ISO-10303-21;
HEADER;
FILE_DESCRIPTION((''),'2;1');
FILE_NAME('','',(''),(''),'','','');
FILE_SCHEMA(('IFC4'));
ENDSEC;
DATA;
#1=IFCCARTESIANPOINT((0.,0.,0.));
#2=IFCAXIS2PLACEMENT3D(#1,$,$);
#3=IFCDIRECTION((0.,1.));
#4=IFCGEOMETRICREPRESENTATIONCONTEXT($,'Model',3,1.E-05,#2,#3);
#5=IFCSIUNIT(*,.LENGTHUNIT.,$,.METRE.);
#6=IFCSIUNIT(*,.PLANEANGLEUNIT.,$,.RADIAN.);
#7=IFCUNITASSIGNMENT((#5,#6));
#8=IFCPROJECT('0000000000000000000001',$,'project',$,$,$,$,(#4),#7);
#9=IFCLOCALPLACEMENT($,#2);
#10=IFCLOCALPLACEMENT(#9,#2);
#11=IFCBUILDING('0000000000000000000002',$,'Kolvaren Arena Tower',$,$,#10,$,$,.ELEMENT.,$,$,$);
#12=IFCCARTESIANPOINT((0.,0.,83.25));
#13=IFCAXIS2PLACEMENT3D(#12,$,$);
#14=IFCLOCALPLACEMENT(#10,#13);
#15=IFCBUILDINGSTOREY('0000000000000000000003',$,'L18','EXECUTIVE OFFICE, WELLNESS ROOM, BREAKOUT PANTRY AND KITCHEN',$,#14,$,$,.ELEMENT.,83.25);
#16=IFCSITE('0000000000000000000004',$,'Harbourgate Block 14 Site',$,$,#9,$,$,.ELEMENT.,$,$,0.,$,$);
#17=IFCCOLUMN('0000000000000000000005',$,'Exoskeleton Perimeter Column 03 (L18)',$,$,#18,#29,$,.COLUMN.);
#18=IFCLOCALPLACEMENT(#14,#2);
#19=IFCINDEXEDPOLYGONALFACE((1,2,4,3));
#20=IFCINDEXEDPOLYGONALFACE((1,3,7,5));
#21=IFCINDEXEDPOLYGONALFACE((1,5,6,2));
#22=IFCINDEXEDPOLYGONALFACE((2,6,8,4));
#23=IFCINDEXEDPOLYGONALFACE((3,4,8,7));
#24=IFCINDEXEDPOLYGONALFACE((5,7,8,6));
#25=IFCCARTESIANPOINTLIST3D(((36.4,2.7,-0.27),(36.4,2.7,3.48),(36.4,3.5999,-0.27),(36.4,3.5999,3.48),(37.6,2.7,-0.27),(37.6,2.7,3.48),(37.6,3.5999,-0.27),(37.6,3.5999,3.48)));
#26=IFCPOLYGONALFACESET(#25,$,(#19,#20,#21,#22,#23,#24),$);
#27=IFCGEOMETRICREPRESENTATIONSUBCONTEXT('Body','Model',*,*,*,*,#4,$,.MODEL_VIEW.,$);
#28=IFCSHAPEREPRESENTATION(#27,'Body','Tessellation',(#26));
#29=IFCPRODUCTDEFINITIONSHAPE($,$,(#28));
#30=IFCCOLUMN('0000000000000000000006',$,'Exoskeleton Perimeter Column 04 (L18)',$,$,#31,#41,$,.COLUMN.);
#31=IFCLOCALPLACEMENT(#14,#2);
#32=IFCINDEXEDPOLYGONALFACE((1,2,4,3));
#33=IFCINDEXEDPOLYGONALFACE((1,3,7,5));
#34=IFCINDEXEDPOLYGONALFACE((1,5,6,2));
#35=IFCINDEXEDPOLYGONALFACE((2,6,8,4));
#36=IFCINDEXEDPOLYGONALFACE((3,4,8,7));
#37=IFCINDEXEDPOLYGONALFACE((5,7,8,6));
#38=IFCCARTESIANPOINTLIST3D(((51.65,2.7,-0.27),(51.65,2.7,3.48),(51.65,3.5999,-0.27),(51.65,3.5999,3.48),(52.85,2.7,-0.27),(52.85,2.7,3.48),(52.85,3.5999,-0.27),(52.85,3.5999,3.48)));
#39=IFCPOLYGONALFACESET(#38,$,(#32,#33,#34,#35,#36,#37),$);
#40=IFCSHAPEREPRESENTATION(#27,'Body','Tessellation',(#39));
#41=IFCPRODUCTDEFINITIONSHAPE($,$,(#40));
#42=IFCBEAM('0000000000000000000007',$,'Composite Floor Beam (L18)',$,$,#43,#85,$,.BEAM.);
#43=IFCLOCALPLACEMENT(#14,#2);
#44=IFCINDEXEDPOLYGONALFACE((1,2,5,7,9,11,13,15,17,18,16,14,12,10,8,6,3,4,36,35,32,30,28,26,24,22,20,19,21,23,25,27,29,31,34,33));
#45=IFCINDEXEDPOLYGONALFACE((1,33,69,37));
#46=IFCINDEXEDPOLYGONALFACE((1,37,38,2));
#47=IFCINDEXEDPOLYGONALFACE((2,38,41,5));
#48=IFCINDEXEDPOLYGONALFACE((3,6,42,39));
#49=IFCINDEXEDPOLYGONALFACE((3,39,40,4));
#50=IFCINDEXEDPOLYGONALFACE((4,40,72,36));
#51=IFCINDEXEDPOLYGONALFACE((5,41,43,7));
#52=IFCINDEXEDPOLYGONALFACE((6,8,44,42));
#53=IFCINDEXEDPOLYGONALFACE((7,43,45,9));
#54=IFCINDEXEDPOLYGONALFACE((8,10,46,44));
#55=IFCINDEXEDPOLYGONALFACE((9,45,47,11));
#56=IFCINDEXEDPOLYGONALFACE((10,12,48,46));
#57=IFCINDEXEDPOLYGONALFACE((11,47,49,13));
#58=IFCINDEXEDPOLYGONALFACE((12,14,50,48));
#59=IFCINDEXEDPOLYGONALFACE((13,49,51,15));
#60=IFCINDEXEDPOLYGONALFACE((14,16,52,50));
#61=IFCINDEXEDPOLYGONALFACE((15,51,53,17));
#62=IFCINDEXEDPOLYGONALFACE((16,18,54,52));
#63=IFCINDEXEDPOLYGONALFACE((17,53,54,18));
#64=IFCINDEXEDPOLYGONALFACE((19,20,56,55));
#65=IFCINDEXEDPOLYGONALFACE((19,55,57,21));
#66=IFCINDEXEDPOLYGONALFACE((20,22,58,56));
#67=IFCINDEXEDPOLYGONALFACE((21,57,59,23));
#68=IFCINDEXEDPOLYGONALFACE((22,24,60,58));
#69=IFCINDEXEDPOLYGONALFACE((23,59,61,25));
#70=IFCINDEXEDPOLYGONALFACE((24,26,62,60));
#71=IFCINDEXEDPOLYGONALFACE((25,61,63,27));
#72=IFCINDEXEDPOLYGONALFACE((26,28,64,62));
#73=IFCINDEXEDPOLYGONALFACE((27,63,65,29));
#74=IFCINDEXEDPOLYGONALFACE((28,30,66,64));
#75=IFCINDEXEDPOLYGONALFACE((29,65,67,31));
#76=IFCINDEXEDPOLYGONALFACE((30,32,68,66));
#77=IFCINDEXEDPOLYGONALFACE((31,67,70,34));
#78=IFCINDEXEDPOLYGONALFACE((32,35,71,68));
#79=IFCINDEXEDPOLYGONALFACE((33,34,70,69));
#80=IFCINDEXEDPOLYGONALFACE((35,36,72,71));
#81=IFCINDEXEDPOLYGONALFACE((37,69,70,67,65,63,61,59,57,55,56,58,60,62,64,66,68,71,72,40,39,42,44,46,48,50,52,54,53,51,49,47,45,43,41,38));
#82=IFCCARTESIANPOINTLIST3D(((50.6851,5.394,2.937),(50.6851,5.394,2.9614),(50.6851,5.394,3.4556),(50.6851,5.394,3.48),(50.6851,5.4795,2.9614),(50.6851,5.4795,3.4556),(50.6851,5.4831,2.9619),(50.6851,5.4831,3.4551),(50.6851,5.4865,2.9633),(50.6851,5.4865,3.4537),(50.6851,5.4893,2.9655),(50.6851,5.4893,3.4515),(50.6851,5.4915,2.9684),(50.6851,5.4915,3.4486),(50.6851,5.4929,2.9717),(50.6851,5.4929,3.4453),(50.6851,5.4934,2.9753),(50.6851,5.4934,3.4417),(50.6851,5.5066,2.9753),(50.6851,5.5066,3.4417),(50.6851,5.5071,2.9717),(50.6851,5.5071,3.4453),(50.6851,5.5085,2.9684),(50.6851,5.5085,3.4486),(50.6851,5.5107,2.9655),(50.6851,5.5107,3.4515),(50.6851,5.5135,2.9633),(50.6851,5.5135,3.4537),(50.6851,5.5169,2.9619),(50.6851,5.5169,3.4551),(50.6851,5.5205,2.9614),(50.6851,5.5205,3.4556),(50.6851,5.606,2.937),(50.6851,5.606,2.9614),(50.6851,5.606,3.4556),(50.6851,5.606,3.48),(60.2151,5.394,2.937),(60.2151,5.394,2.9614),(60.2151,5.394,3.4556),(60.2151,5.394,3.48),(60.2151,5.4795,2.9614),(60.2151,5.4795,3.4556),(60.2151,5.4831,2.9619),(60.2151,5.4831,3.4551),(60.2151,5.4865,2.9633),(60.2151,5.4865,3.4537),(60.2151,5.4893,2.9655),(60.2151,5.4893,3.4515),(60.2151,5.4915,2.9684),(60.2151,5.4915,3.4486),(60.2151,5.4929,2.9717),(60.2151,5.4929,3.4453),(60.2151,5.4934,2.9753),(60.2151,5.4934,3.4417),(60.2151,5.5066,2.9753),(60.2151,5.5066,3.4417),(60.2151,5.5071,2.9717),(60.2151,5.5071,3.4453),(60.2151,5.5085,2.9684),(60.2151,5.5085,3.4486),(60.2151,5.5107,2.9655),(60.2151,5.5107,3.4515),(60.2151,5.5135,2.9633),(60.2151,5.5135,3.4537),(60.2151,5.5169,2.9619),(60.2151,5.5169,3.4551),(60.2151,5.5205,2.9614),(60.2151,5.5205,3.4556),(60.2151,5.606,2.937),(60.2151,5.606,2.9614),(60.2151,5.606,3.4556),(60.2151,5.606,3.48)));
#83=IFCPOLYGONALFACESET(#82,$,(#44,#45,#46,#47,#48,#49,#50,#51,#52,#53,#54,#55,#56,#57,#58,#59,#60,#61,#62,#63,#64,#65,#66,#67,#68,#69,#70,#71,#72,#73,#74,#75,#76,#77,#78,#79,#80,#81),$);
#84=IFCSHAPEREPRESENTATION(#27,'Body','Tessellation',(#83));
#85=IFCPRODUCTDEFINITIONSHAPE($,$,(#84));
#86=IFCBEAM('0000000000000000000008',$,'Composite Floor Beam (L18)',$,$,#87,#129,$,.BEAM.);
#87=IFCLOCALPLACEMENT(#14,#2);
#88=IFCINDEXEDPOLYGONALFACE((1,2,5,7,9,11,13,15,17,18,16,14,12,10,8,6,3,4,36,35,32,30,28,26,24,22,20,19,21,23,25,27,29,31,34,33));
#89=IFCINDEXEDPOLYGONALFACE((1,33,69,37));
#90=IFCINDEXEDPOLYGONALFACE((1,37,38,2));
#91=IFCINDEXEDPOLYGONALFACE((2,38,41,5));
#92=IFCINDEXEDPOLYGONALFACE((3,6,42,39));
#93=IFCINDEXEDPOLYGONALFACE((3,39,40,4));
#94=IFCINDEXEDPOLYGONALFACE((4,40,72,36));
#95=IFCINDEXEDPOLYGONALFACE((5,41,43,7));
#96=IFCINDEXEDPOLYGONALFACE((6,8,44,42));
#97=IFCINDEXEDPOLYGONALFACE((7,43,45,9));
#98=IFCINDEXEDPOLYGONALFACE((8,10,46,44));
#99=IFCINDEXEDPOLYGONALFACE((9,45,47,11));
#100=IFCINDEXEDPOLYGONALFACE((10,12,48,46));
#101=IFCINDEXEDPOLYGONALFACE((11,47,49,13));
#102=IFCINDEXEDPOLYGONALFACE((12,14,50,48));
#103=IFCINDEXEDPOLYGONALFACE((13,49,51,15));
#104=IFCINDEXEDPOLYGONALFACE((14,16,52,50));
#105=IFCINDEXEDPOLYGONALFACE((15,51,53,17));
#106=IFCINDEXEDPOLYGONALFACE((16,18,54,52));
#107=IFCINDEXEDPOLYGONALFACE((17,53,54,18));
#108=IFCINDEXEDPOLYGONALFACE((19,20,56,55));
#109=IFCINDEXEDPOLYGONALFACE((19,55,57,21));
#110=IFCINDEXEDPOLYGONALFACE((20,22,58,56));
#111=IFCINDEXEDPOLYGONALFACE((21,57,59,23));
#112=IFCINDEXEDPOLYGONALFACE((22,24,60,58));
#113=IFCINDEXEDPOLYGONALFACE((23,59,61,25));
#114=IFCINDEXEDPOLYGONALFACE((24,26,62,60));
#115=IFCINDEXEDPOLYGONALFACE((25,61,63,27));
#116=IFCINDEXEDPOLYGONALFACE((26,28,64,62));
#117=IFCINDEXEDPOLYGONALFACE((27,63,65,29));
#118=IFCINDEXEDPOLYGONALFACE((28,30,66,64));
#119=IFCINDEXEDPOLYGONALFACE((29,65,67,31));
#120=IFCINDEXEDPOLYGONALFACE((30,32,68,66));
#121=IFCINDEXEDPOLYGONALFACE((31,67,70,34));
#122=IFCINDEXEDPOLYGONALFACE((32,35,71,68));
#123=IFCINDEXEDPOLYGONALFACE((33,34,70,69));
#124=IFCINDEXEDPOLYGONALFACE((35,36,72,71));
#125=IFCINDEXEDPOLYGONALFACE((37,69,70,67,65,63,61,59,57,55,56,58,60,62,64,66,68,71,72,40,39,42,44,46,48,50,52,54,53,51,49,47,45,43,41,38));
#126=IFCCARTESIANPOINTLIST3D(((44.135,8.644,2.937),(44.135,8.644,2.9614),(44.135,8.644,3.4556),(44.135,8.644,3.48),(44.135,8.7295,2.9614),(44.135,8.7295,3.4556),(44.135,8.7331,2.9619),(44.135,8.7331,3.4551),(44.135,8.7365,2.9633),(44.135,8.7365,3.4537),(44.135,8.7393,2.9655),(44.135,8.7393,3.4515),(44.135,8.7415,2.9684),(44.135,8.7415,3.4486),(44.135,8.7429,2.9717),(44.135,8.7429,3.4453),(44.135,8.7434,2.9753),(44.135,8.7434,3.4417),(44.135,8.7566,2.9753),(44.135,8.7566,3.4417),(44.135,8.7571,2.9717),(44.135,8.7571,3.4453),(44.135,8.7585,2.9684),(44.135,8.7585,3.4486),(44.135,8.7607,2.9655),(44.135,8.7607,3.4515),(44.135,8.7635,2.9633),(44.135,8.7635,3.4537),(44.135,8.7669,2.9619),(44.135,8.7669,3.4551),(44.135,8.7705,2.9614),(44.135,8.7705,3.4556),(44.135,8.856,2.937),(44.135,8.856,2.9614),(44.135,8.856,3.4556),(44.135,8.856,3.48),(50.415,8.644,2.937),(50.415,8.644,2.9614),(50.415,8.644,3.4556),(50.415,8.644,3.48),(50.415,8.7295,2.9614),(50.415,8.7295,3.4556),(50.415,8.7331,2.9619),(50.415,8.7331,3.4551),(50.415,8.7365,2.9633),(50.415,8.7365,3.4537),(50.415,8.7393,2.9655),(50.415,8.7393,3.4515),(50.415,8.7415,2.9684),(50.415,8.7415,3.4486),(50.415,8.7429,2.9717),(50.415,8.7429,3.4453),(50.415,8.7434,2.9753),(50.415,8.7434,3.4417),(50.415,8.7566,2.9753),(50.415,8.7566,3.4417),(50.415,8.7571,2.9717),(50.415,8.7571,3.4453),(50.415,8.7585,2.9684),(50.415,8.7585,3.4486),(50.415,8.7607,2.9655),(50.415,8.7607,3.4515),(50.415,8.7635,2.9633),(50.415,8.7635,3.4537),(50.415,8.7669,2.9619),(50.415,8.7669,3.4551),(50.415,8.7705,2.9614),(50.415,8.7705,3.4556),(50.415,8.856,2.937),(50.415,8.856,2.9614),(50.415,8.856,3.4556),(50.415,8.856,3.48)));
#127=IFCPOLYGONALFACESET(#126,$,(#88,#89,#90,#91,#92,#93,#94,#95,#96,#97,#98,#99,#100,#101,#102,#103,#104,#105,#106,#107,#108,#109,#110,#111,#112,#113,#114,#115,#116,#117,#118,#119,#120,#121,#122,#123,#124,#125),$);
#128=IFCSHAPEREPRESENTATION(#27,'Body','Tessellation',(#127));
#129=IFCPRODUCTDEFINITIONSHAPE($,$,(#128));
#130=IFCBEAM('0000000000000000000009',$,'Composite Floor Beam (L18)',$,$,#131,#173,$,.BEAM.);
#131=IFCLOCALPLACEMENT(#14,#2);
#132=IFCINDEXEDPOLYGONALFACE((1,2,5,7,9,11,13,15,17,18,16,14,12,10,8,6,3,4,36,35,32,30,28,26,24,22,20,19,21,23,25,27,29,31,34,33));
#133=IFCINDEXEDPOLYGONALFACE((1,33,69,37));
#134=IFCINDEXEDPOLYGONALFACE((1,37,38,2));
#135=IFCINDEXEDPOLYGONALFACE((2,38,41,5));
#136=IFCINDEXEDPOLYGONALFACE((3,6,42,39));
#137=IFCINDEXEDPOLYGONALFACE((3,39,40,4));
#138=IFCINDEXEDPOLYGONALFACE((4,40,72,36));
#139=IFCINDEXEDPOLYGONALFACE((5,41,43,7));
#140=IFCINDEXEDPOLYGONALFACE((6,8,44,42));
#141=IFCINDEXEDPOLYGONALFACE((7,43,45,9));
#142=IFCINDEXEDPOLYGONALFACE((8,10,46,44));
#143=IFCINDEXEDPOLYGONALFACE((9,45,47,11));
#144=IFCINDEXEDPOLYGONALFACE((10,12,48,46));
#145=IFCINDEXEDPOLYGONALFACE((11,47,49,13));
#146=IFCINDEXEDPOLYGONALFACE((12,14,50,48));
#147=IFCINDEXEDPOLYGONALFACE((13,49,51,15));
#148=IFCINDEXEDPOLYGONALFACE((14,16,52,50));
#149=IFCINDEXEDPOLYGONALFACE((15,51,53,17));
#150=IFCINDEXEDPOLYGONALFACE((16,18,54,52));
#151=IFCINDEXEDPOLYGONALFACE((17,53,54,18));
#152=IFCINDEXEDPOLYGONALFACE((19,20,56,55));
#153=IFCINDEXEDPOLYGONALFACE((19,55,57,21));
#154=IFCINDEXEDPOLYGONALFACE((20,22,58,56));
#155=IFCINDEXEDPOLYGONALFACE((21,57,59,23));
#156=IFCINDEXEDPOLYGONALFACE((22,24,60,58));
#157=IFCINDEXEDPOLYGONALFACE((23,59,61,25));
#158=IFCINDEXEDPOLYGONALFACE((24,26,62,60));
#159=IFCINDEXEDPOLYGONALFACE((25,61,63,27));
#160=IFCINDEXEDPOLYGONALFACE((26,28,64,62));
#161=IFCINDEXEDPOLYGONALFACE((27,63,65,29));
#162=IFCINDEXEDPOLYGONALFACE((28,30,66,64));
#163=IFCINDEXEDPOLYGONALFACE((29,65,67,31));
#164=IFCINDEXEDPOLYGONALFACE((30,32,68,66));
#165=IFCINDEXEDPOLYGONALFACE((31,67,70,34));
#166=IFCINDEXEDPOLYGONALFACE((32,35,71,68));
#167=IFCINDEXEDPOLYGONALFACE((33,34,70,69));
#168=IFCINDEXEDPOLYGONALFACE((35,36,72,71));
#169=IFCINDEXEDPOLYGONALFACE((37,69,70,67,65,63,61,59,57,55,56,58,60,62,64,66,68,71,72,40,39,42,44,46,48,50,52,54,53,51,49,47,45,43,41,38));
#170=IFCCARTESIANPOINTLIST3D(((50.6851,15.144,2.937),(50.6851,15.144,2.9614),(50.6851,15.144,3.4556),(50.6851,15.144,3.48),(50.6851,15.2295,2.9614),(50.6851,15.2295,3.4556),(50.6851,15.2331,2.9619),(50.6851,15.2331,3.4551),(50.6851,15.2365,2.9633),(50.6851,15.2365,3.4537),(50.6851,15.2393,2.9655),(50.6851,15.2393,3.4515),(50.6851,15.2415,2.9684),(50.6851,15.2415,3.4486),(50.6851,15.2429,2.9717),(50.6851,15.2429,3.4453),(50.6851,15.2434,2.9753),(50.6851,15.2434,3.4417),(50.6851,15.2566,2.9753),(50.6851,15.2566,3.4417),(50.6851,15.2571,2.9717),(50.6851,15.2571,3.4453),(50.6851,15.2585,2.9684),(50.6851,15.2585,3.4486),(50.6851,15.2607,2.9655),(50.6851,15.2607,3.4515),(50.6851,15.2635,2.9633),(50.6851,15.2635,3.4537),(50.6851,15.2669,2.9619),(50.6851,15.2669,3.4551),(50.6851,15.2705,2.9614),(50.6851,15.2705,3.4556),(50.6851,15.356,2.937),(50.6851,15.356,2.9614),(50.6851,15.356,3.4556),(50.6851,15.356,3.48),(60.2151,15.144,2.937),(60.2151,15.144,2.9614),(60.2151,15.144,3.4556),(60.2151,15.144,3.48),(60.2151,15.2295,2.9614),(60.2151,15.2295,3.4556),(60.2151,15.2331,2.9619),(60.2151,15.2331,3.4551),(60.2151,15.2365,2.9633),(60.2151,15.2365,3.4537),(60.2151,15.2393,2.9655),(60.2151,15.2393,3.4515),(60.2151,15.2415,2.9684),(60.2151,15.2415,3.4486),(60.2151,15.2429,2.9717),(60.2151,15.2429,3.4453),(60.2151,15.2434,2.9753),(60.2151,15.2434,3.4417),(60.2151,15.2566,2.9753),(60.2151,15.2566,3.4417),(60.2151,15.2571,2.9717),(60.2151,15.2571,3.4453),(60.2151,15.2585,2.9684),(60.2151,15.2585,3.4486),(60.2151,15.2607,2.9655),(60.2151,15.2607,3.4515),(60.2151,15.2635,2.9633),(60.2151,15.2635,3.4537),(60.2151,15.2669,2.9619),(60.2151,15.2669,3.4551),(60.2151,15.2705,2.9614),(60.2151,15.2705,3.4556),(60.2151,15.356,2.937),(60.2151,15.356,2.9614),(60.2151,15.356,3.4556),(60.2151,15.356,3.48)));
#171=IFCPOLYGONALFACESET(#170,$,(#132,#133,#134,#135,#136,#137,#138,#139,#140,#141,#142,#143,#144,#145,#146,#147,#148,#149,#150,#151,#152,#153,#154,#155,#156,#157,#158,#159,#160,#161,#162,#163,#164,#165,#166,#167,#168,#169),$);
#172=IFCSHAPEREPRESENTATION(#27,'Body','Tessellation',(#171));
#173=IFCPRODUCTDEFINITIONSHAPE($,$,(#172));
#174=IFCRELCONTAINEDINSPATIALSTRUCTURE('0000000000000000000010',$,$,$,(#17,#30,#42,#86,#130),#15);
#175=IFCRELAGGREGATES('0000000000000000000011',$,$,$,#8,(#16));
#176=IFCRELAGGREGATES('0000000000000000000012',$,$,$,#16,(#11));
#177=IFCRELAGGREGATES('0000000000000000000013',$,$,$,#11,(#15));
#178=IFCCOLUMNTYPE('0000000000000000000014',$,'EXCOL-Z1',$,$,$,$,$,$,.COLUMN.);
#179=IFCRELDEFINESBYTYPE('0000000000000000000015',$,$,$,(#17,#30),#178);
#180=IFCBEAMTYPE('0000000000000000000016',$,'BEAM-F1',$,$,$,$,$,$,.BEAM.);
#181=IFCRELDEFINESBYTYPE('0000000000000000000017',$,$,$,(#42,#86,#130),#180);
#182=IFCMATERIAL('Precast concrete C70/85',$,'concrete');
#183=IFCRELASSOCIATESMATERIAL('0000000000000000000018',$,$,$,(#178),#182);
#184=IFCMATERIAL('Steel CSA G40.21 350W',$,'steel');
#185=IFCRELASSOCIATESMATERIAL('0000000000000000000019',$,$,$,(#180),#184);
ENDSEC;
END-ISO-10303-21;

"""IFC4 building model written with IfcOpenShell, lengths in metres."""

from ifc_helpers import new_model, si_unit, direction, frame, origin, origin_2d, place, context, subcontext, project, spatial, rectangle, i_section, extrude, material, material_profile, profile_set, type_object, element, save


model = new_model("IFC4")

# Units and contexts
model_context = context("Model", 3, precision=1e-05, world=origin(), true_north=direction((0.0, 1.0)))
body_context = subcontext(model_context, "Body", "Model", "MODEL_VIEW")
ifc_project = project(units=[si_unit("LENGTHUNIT", "METRE"), si_unit("PLANEANGLEUNIT", "RADIAN")], contexts=[model_context])

# Site, building, storey
site_placement = place(None, origin())
site = spatial("IfcSite", under=ifc_project, at=site_placement, Name="Harbourgate Block 14 Site", CompositionType="ELEMENT", RefElevation=0.0)
building_placement = place(site_placement, origin())
building = spatial("IfcBuilding", under=site, at=building_placement, Name="Kolvaren Arena Tower", CompositionType="ELEMENT")
storey_placement = place(building_placement, frame((0.0, 0.0, 83.25)))
storey = spatial("IfcBuildingStorey", under=building, at=storey_placement, Name="L18", Description="EXECUTIVE OFFICE, WELLNESS ROOM, BREAKOUT PANTRY AND KITCHEN", CompositionType="ELEMENT", Elevation=83.25)

# Columns
ifc_material_1 = material(Name="Precast concrete C70/85", Category="concrete")
ifc_material_profile_1 = material_profile(ifc_material_1, rectangle(XDim=1.2, YDim=0.8999, at=origin_2d()), Name="RC-1200x900")
ifc_profile_set_1 = profile_set([ifc_material_profile_1], Name="Precast concrete C70/85")
column_type = type_object("IfcColumnType", Name="EXCOL-Z1", PredefinedType="COLUMN", material=ifc_profile_set_1)
for number, where, z_axis, x_axis, name in (
    (1, (37.0, 3.1499, -0.27), (0.0, 0.0, 1.0), (1.0, 0.0, 0.0), "Exoskeleton Perimeter Column 03 (L18)"),
    (2, (52.25, 3.1499, -0.27), (0.0, 0.0, 1.0), (1.0, 0.0, 0.0), "Exoskeleton Perimeter Column 04 (L18)"),
):
    element("IfcColumn", number, at=place(storey_placement, frame(where, z_axis=z_axis, x_axis=x_axis)), inside=storey, type_object=column_type, Name=name, PredefinedType="COLUMN", context=body_context, shape_type="SweptSolid", body=[
        extrude(rectangle(XDim=1.2, YDim=0.8999, at=origin_2d()), origin(), (0.0, 0.0, 1.0), 3.75),
    ])

# Beams
ifc_material_2 = material(Name="Steel CSA G40.21 350W", Category="steel")
ifc_material_profile_2 = material_profile(ifc_material_2, i_section(OverallWidth=0.2119, OverallDepth=0.543, WebThickness=0.0132, FlangeThickness=0.0244, FilletRadius=0.0139, at=origin_2d()), Name="W530x150")
ifc_profile_set_2 = profile_set([ifc_material_profile_2], Name="Steel CSA G40.21 350W")
beam_type_1 = type_object("IfcBeamType", Name="BEAM-F1", PredefinedType="BEAM", material=ifc_profile_set_2)
beam_1_placement = place(storey_placement, frame((50.6851, 5.5, 3.2085), z_axis=(1.0, 0.0, 0.0), x_axis=(0.0, 1.0, 0.0)))
element("IfcBeam", 3, at=beam_1_placement, inside=storey, type_object=beam_type_1, Name="Composite Floor Beam (L18)", PredefinedType="BEAM", context=body_context, shape_type="SweptSolid", body=[
    extrude(i_section(OverallWidth=0.2119, OverallDepth=0.543, WebThickness=0.0132, FlangeThickness=0.0244, FilletRadius=0.0139, at=origin_2d()), origin(), (0.0, 0.0, 1.0), 9.53),
])
beam_2_placement = place(storey_placement, frame((44.135, 8.75, 3.2085), z_axis=(1.0, 0.0, 0.0), x_axis=(0.0, 1.0, 0.0)))
element("IfcBeam", 4, at=beam_2_placement, inside=storey, type_object=beam_type_1, Name="Composite Floor Beam (L18)", PredefinedType="BEAM", context=body_context, shape_type="SweptSolid", body=[
    extrude(i_section(OverallWidth=0.2119, OverallDepth=0.543, WebThickness=0.0132, FlangeThickness=0.0244, FilletRadius=0.0139, at=origin_2d()), origin(), (0.0, 0.0, 1.0), 6.28),
])
beam_3_placement = place(storey_placement, frame((50.6851, 15.25, 3.2085), z_axis=(1.0, 0.0, 0.0), x_axis=(0.0, 1.0, 0.0)))
element("IfcBeam", 5, at=beam_3_placement, inside=storey, type_object=beam_type_1, Name="Composite Floor Beam (L18)", PredefinedType="BEAM", context=body_context, shape_type="SweptSolid", body=[
    extrude(i_section(OverallWidth=0.2119, OverallDepth=0.543, WebThickness=0.0132, FlangeThickness=0.0244, FilletRadius=0.0139, at=origin_2d()), origin(), (0.0, 0.0, 1.0), 9.53),
])

save(model, "model.ifc")
